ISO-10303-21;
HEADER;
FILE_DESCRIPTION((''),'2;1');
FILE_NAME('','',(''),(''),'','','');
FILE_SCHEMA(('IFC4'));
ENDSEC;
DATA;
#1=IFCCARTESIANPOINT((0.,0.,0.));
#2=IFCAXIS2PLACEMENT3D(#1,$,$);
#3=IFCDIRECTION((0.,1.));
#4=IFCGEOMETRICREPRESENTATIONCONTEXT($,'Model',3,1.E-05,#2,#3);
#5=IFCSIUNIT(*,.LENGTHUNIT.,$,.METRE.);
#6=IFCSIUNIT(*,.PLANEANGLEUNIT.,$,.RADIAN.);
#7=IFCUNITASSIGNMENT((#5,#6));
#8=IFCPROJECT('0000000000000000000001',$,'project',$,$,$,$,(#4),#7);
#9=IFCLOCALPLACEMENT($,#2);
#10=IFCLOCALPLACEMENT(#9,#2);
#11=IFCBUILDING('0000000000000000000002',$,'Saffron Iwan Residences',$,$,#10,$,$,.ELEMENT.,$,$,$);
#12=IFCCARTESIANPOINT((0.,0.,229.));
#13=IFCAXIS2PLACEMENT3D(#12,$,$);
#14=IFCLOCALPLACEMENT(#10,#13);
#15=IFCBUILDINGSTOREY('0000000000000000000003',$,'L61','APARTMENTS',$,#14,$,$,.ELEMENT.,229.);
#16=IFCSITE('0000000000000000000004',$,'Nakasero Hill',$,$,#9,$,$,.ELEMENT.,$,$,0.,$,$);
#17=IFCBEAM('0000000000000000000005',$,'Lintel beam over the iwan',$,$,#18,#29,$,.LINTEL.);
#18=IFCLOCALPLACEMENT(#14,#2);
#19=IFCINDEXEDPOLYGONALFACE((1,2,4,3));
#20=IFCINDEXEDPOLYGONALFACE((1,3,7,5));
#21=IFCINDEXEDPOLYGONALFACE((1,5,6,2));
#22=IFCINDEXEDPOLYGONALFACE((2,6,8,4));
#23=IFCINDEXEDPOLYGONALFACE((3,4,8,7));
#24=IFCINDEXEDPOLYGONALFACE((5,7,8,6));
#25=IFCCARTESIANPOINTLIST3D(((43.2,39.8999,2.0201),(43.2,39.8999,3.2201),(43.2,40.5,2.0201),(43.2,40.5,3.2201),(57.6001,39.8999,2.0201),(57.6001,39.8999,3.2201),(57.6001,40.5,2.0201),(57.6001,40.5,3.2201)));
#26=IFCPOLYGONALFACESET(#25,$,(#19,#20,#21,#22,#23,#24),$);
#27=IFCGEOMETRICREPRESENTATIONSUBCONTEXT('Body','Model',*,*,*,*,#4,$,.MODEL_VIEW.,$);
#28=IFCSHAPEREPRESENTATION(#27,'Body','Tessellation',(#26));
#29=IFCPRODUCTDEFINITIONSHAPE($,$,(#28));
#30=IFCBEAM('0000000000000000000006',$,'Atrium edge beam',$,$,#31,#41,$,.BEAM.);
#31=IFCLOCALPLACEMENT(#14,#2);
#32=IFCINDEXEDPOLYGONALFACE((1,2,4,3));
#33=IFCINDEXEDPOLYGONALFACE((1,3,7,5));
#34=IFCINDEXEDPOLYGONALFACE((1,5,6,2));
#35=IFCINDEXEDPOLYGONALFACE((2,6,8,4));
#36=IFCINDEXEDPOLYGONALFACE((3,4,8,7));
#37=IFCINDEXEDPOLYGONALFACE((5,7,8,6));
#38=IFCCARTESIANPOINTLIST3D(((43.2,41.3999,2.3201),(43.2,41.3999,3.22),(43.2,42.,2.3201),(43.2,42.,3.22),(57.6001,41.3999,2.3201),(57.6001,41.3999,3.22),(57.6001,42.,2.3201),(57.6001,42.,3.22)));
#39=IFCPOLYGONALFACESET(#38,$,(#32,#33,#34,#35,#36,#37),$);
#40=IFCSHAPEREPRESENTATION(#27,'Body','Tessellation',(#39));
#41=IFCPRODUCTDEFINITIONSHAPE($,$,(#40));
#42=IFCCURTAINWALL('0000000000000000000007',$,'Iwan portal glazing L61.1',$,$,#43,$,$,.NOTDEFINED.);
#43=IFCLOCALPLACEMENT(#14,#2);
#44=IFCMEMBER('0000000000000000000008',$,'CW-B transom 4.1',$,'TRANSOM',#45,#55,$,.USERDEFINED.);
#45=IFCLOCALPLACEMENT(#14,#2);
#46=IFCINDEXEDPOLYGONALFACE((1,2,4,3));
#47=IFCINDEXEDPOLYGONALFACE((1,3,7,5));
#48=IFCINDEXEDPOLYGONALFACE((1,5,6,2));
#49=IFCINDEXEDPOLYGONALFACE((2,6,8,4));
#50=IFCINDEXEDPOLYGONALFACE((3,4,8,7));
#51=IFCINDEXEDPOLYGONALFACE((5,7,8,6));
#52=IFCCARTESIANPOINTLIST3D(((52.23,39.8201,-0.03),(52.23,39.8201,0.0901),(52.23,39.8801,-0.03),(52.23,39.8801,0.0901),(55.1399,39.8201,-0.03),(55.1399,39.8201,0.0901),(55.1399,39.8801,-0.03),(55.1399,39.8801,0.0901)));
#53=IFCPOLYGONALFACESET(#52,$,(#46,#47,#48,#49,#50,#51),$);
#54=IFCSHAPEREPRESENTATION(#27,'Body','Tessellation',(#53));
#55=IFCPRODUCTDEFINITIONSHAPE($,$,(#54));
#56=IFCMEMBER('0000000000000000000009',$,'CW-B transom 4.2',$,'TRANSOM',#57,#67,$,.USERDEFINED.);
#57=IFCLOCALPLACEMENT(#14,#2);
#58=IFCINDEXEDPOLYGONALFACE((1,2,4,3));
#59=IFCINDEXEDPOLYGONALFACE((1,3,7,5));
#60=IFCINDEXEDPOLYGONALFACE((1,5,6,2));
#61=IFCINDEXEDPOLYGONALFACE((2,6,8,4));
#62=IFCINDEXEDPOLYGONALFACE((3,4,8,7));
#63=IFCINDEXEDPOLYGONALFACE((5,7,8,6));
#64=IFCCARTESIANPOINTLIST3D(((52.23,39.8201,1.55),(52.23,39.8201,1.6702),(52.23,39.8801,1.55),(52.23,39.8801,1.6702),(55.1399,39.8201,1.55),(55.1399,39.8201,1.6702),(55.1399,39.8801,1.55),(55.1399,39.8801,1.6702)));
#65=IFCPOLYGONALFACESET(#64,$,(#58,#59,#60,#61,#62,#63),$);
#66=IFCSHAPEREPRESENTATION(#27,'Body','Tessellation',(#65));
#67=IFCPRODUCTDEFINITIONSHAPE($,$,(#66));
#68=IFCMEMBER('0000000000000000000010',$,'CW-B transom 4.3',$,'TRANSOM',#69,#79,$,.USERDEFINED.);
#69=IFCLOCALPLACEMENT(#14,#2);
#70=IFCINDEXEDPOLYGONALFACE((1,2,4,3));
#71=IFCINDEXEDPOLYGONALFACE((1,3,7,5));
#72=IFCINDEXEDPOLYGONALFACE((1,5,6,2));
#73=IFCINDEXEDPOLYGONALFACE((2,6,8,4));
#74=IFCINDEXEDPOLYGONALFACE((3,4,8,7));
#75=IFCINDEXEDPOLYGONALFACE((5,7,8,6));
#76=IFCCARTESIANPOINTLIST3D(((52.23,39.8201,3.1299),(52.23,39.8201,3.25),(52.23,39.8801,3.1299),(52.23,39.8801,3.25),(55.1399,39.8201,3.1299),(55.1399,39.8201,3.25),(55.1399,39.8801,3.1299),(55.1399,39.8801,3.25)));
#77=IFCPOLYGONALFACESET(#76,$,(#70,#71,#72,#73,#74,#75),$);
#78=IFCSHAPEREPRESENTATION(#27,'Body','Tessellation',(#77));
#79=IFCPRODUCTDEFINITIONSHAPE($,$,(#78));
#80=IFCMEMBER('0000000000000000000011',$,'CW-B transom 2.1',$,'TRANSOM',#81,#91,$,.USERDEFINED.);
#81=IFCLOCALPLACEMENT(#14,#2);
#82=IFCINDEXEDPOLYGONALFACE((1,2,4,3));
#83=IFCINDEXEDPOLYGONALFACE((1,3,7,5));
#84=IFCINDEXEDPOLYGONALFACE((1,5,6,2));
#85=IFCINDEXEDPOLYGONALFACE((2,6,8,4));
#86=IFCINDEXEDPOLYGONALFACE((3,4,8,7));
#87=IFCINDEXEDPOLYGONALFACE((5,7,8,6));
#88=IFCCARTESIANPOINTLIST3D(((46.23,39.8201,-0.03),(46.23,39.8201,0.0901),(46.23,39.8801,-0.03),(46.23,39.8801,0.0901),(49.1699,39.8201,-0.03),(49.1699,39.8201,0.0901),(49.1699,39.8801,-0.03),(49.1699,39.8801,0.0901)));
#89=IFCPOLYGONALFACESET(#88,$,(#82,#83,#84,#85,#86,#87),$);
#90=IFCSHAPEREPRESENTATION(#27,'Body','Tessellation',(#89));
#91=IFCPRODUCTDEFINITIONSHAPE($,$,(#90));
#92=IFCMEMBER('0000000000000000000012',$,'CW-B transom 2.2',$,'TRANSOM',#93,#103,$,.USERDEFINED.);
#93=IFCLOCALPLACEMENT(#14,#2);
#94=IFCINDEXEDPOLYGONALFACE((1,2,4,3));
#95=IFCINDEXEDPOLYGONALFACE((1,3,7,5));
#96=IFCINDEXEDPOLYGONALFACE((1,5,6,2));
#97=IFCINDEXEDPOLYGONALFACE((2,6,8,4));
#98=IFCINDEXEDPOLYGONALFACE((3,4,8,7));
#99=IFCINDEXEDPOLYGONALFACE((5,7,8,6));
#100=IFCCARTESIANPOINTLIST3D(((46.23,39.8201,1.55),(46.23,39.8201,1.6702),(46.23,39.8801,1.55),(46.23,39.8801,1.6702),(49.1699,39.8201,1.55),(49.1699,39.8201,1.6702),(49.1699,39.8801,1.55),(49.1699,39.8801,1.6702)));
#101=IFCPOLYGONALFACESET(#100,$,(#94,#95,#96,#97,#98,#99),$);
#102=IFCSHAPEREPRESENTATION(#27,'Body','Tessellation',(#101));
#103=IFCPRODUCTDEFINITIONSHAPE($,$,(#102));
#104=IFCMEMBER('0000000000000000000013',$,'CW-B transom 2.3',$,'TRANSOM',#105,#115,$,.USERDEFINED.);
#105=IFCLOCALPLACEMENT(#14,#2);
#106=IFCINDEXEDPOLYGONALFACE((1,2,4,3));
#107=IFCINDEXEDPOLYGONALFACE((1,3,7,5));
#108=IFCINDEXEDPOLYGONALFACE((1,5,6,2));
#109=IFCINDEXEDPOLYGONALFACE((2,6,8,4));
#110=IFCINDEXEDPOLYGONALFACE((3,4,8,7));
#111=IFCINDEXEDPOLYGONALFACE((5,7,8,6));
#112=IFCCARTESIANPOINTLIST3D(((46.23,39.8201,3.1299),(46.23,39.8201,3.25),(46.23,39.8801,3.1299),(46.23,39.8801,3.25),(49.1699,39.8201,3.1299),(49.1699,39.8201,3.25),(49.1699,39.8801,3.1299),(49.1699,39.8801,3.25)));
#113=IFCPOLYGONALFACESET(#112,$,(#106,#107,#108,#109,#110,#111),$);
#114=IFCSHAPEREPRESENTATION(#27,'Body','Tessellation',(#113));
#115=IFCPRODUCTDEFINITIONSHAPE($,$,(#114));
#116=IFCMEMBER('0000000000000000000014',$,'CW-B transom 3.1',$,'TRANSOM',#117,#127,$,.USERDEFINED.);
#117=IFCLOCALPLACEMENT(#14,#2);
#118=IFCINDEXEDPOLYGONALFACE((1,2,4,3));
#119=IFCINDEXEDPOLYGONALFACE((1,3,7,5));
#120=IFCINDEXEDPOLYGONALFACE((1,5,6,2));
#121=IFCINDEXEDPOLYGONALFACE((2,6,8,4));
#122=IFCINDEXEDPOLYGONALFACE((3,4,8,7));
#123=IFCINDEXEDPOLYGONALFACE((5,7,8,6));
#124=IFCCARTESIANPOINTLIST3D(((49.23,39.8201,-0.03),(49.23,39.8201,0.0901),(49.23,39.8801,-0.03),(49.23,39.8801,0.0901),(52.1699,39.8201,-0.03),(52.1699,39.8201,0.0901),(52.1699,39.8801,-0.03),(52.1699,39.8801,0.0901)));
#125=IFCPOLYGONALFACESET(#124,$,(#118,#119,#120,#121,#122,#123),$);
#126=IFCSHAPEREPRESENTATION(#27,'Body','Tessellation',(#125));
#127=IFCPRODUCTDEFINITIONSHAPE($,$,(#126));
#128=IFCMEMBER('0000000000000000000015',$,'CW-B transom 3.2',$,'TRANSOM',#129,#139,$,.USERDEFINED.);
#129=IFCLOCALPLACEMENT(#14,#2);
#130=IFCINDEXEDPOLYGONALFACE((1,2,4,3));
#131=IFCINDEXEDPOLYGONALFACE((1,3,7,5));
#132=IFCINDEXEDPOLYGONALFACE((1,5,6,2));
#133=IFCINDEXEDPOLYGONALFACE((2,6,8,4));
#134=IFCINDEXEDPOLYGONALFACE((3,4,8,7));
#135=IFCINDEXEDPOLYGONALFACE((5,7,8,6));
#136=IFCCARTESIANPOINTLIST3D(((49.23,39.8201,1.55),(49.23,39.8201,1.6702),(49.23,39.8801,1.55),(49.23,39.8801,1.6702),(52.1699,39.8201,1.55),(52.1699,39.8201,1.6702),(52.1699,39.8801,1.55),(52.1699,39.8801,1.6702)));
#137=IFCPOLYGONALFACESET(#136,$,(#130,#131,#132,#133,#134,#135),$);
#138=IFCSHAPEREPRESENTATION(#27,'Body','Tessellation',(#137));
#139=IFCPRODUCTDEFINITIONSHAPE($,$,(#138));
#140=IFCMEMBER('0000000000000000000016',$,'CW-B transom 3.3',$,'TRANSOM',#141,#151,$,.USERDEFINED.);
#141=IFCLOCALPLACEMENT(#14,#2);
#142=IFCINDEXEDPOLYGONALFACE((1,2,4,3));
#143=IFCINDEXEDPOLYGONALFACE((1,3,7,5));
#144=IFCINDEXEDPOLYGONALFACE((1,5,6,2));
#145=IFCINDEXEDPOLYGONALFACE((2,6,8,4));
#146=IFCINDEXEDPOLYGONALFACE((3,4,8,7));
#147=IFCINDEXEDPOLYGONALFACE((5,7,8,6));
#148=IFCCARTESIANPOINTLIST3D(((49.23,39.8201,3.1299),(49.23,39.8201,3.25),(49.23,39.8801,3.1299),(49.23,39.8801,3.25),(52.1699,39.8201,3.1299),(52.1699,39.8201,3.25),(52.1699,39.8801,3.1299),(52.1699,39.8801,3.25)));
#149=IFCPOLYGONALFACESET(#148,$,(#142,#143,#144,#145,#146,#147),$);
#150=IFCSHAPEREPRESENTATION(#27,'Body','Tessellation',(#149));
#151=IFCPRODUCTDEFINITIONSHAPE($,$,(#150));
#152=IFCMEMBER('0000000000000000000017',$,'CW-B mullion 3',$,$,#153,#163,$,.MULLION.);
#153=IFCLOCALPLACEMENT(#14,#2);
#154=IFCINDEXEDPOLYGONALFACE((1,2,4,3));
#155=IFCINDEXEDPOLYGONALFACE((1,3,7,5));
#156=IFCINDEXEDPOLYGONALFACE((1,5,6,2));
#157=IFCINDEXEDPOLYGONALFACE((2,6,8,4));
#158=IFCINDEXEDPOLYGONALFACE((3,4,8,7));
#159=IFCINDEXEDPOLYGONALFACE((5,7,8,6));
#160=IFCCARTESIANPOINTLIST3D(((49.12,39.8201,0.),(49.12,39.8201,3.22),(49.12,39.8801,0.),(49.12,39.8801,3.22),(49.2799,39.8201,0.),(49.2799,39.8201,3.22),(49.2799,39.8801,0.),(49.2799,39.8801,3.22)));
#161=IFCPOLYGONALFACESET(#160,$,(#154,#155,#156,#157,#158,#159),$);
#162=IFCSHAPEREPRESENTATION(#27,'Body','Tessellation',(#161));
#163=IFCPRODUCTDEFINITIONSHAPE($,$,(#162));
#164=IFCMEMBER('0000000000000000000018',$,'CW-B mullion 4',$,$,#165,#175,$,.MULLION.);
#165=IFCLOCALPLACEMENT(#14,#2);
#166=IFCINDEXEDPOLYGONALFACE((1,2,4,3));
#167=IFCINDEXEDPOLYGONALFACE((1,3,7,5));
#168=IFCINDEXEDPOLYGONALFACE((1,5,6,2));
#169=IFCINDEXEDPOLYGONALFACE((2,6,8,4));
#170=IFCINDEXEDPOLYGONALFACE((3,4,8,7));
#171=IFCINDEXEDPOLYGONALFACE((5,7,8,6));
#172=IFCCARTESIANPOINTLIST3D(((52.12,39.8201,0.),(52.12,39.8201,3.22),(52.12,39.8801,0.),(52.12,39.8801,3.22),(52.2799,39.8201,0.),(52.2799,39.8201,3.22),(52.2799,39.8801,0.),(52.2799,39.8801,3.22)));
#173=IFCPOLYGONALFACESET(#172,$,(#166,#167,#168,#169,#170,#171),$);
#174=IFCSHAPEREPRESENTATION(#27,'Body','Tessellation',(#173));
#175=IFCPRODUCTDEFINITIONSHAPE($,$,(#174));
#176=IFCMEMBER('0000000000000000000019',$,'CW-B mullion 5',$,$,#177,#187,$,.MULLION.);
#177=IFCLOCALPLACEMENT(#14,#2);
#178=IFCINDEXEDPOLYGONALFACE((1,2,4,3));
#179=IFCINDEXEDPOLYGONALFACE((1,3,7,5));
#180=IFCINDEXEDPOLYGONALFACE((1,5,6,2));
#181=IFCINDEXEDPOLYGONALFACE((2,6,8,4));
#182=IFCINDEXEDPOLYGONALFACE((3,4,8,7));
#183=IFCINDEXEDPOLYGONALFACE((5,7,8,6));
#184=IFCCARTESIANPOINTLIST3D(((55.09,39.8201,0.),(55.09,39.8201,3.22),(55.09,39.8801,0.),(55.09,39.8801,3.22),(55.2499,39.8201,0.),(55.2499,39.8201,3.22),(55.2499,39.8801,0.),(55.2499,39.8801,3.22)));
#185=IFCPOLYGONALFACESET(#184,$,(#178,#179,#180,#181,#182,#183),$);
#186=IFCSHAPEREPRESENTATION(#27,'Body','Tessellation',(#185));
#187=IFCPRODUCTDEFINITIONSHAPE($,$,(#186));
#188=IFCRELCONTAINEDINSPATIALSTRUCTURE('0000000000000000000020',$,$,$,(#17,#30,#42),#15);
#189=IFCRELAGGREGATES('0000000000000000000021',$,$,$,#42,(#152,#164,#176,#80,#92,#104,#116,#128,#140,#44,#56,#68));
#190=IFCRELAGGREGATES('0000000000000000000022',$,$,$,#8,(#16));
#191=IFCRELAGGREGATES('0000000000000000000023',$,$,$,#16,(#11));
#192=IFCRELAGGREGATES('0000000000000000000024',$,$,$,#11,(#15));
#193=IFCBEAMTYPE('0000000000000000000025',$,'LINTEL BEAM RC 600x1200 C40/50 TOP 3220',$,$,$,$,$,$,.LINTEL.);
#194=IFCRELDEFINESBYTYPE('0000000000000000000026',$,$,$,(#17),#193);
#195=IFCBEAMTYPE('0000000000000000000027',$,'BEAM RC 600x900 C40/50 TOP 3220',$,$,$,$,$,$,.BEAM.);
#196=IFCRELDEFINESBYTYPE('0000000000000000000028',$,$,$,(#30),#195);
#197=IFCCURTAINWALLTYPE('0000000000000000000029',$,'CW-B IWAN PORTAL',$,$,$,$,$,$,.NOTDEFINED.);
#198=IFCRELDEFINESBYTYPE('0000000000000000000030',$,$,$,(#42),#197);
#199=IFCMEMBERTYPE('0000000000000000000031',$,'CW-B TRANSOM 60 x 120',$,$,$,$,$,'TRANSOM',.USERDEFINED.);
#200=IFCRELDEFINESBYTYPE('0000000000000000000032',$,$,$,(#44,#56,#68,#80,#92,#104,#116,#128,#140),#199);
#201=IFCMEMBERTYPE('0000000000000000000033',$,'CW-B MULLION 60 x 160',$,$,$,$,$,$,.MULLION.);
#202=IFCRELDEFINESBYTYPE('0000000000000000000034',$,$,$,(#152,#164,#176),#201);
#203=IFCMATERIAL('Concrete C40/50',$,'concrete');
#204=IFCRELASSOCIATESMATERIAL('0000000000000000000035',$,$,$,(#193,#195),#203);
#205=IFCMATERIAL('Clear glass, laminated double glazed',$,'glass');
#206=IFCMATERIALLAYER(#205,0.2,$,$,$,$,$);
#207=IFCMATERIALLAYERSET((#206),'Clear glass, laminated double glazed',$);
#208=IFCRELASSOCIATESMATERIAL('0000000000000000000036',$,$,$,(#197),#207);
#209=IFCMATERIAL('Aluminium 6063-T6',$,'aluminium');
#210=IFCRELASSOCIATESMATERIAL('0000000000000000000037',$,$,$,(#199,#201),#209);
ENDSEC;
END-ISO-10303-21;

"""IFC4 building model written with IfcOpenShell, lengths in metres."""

from ifc_helpers import new_model, si_unit, direction, frame, origin, origin_2d, place, context, subcontext, project, spatial, rectangle, extrude, source, transform, mapped, material, layer, layer_set, material_profile, profile_set, type_object, element, aggregate, save


model = new_model("IFC4")

# Units and contexts
model_context = context("Model", 3, precision=1e-05, world=origin(), true_north=direction((0.0, 1.0)))
body_context = subcontext(model_context, "Body", "Model", "MODEL_VIEW")
ifc_project = project(units=[si_unit("LENGTHUNIT", "METRE"), si_unit("PLANEANGLEUNIT", "RADIAN")], contexts=[model_context])

# Site, building, storey
site_placement = place(None, origin())
site = spatial("IfcSite", under=ifc_project, at=site_placement, Name="Nakasero Hill", CompositionType="ELEMENT", RefElevation=0.0)
building_placement = place(site_placement, origin())
building = spatial("IfcBuilding", under=site, at=building_placement, Name="Saffron Iwan Residences", CompositionType="ELEMENT")
storey_placement = place(building_placement, frame((0.0, 0.0, 229.0)))
storey = spatial("IfcBuildingStorey", under=building, at=storey_placement, Name="L61", Description="APARTMENTS", CompositionType="ELEMENT", Elevation=229.0)

# Beams
ifc_material_1 = material(Name="Concrete C40/50", Category="concrete")
ifc_material_profile_1 = material_profile(ifc_material_1, rectangle(XDim=0.6001, YDim=1.2, at=origin_2d()), Name="RC 600x1200")
ifc_profile_set_1 = profile_set([ifc_material_profile_1], Name="Concrete C40/50")
beam_type_1 = type_object("IfcBeamType", Name="LINTEL BEAM RC 600x1200 C40/50 TOP 3220", PredefinedType="LINTEL", material=ifc_profile_set_1)
shared_shape_1 = source(origin(), body_context, "Body", "SweptSolid", [
    extrude(rectangle(XDim=0.6001, YDim=1.2, at=origin_2d()), origin(), (0.0, 0.0, 1.0), 14.4001),
])
beam_1_placement = place(storey_placement, frame((57.6001, 40.2, 2.6201), z_axis=(-1.0, 0.0, 0.0), x_axis=(0.0, -1.0, 0.0)))
element("IfcBeam", 1, at=beam_1_placement, inside=storey, type_object=beam_type_1, Name="Lintel beam over the iwan", PredefinedType="LINTEL", context=body_context, shape_type="MappedRepresentation", body=[
    mapped(shared_shape_1, transform((0.0, 0.0, 0.0))),
])
ifc_material_profile_2 = material_profile(ifc_material_1, rectangle(XDim=0.6001, YDim=0.8999, at=origin_2d()), Name="RC 600x900")
ifc_profile_set_2 = profile_set([ifc_material_profile_2], Name="Concrete C40/50")
beam_type_2 = type_object("IfcBeamType", Name="BEAM RC 600x900 C40/50 TOP 3220", PredefinedType="BEAM", material=ifc_profile_set_2)
shared_shape_2 = source(origin(), body_context, "Body", "SweptSolid", [
    extrude(rectangle(XDim=0.6001, YDim=0.8999, at=origin_2d()), origin(), (0.0, 0.0, 1.0), 14.4001),
])
beam_2_placement = place(storey_placement, frame((57.6001, 41.7, 2.77), z_axis=(-1.0, 0.0, 0.0), x_axis=(0.0, -1.0, 0.0)))
element("IfcBeam", 2, at=beam_2_placement, inside=storey, type_object=beam_type_2, Name="Atrium edge beam", PredefinedType="BEAM", context=body_context, shape_type="MappedRepresentation", body=[
    mapped(shared_shape_2, transform((0.0, 0.0, 0.0))),
])

# Curtain wall, members
ifc_material_2 = material(Name="Clear glass, laminated double glazed", Category="glass")
ifc_layer_1 = layer(ifc_material_2, 0.2)
ifc_layer_set_1 = layer_set([ifc_layer_1], Name="Clear glass, laminated double glazed")
curtain_wall_type = type_object("IfcCurtainWallType", Name="CW-B IWAN PORTAL", PredefinedType="NOTDEFINED", material=ifc_layer_set_1)
curtain_wall_placement = place(storey_placement, origin())
curtain_wall = element("IfcCurtainWall", 3, at=curtain_wall_placement, inside=storey, type_object=curtain_wall_type, Name="Iwan portal glazing L61.1", PredefinedType="NOTDEFINED")
ifc_material_3 = material(Name="Aluminium 6063-T6", Category="aluminium")
ifc_material_profile_3 = material_profile(ifc_material_3, rectangle(XDim=0.0601, YDim=0.1201, at=origin_2d()), Name="CW-B TRANSOM 60 x 120")
ifc_profile_set_3 = profile_set([ifc_material_profile_3], Name="Aluminium 6063-T6")
member_type_1 = type_object("IfcMemberType", Name="CW-B TRANSOM 60 x 120", ElementType="TRANSOM", PredefinedType="USERDEFINED", material=ifc_profile_set_3)
shared_shape_3 = source(origin(), body_context, "Body", "SweptSolid", [
    extrude(rectangle(XDim=0.0601, YDim=0.1201, at=origin_2d()), origin(), (0.0, 0.0, 1.0), 2.9099),
])
member_1_placement = place(storey_placement, frame((52.23, 39.8501, 0.03), z_axis=(1.0, 0.0, 0.0), x_axis=(0.0, 1.0, 0.0)))
member_1 = element("IfcMember", 4, at=member_1_placement, type_object=member_type_1, Name="CW-B transom 4.1", ObjectType="TRANSOM", PredefinedType="USERDEFINED", context=body_context, shape_type="MappedRepresentation", body=[
    mapped(shared_shape_3, transform((0.0, 0.0, 0.0))),
])
member_2_placement = place(storey_placement, frame((52.23, 39.8501, 1.6101), z_axis=(1.0, 0.0, 0.0), x_axis=(0.0, 1.0, 0.0)))
member_2 = element("IfcMember", 5, at=member_2_placement, type_object=member_type_1, Name="CW-B transom 4.2", ObjectType="TRANSOM", PredefinedType="USERDEFINED", context=body_context, shape_type="MappedRepresentation", body=[
    mapped(shared_shape_3, transform((0.0, 0.0, 0.0))),
])
member_3_placement = place(storey_placement, frame((52.23, 39.8501, 3.1899), z_axis=(1.0, 0.0, 0.0), x_axis=(0.0, 1.0, 0.0)))
member_3 = element("IfcMember", 6, at=member_3_placement, type_object=member_type_1, Name="CW-B transom 4.3", ObjectType="TRANSOM", PredefinedType="USERDEFINED", context=body_context, shape_type="MappedRepresentation", body=[
    mapped(shared_shape_3, transform((0.0, 0.0, 0.0))),
])
shared_shape_4 = source(origin(), body_context, "Body", "SweptSolid", [
    extrude(rectangle(XDim=0.0601, YDim=0.1201, at=origin_2d()), origin(), (0.0, 0.0, 1.0), 2.9399),
])
member_4_placement = place(storey_placement, frame((46.23, 39.8501, 0.03), z_axis=(1.0, 0.0, 0.0), x_axis=(0.0, 1.0, 0.0)))
member_4 = element("IfcMember", 7, at=member_4_placement, type_object=member_type_1, Name="CW-B transom 2.1", ObjectType="TRANSOM", PredefinedType="USERDEFINED", context=body_context, shape_type="MappedRepresentation", body=[
    mapped(shared_shape_4, transform((0.0, 0.0, 0.0))),
])
member_5_placement = place(storey_placement, frame((46.23, 39.8501, 1.6101), z_axis=(1.0, 0.0, 0.0), x_axis=(0.0, 1.0, 0.0)))
member_5 = element("IfcMember", 8, at=member_5_placement, type_object=member_type_1, Name="CW-B transom 2.2", ObjectType="TRANSOM", PredefinedType="USERDEFINED", context=body_context, shape_type="MappedRepresentation", body=[
    mapped(shared_shape_4, transform((0.0, 0.0, 0.0))),
])
member_6_placement = place(storey_placement, frame((46.23, 39.8501, 3.1899), z_axis=(1.0, 0.0, 0.0), x_axis=(0.0, 1.0, 0.0)))
member_6 = element("IfcMember", 9, at=member_6_placement, type_object=member_type_1, Name="CW-B transom 2.3", ObjectType="TRANSOM", PredefinedType="USERDEFINED", context=body_context, shape_type="MappedRepresentation", body=[
    mapped(shared_shape_4, transform((0.0, 0.0, 0.0))),
])
member_7_placement = place(storey_placement, frame((49.23, 39.8501, 0.03), z_axis=(1.0, 0.0, 0.0), x_axis=(0.0, 1.0, 0.0)))
member_7 = element("IfcMember", 10, at=member_7_placement, type_object=member_type_1, Name="CW-B transom 3.1", ObjectType="TRANSOM", PredefinedType="USERDEFINED", context=body_context, shape_type="MappedRepresentation", body=[
    mapped(shared_shape_4, transform((0.0, 0.0, 0.0))),
])
member_8_placement = place(storey_placement, frame((49.23, 39.8501, 1.6101), z_axis=(1.0, 0.0, 0.0), x_axis=(0.0, 1.0, 0.0)))
member_8 = element("IfcMember", 11, at=member_8_placement, type_object=member_type_1, Name="CW-B transom 3.2", ObjectType="TRANSOM", PredefinedType="USERDEFINED", context=body_context, shape_type="MappedRepresentation", body=[
    mapped(shared_shape_4, transform((0.0, 0.0, 0.0))),
])
member_9_placement = place(storey_placement, frame((49.23, 39.8501, 3.1899), z_axis=(1.0, 0.0, 0.0), x_axis=(0.0, 1.0, 0.0)))
member_9 = element("IfcMember", 12, at=member_9_placement, type_object=member_type_1, Name="CW-B transom 3.3", ObjectType="TRANSOM", PredefinedType="USERDEFINED", context=body_context, shape_type="MappedRepresentation", body=[
    mapped(shared_shape_4, transform((0.0, 0.0, 0.0))),
])
ifc_material_profile_4 = material_profile(ifc_material_3, rectangle(XDim=0.0601, YDim=0.1599, at=origin_2d()), Name="CW-B MULLION 60 x 160")
ifc_profile_set_4 = profile_set([ifc_material_profile_4], Name="Aluminium 6063-T6")
member_type_2 = type_object("IfcMemberType", Name="CW-B MULLION 60 x 160", PredefinedType="MULLION", material=ifc_profile_set_4)
shared_shape_5 = source(origin(), body_context, "Body", "SweptSolid", [
    extrude(rectangle(XDim=0.0601, YDim=0.1599, at=origin_2d()), origin(), (0.0, 0.0, 1.0), 3.22),
])
member_10_placement = place(storey_placement, frame((49.2, 39.8501, 0.0), z_axis=(0.0, 0.0, 1.0), x_axis=(0.0, 1.0, 0.0)))
member_10 = element("IfcMember", 13, at=member_10_placement, type_object=member_type_2, Name="CW-B mullion 3", PredefinedType="MULLION", context=body_context, shape_type="MappedRepresentation", body=[
    mapped(shared_shape_5, transform((0.0, 0.0, 0.0))),
])
member_11_placement = place(storey_placement, frame((52.2, 39.8501, 0.0), z_axis=(0.0, 0.0, 1.0), x_axis=(0.0, 1.0, 0.0)))
member_11 = element("IfcMember", 14, at=member_11_placement, type_object=member_type_2, Name="CW-B mullion 4", PredefinedType="MULLION", context=body_context, shape_type="MappedRepresentation", body=[
    mapped(shared_shape_5, transform((0.0, 0.0, 0.0))),
])
member_12_placement = place(storey_placement, frame((55.1699, 39.8501, 0.0), z_axis=(0.0, 0.0, 1.0), x_axis=(0.0, 1.0, 0.0)))
member_12 = element("IfcMember", 15, at=member_12_placement, type_object=member_type_2, Name="CW-B mullion 5", PredefinedType="MULLION", context=body_context, shape_type="MappedRepresentation", body=[
    mapped(shared_shape_5, transform((0.0, 0.0, 0.0))),
])
aggregate(curtain_wall, [member_10, member_11, member_12, member_4, member_5, member_6, member_7, member_8, member_9, member_1, member_2, member_3])

save(model, "model.ifc")
